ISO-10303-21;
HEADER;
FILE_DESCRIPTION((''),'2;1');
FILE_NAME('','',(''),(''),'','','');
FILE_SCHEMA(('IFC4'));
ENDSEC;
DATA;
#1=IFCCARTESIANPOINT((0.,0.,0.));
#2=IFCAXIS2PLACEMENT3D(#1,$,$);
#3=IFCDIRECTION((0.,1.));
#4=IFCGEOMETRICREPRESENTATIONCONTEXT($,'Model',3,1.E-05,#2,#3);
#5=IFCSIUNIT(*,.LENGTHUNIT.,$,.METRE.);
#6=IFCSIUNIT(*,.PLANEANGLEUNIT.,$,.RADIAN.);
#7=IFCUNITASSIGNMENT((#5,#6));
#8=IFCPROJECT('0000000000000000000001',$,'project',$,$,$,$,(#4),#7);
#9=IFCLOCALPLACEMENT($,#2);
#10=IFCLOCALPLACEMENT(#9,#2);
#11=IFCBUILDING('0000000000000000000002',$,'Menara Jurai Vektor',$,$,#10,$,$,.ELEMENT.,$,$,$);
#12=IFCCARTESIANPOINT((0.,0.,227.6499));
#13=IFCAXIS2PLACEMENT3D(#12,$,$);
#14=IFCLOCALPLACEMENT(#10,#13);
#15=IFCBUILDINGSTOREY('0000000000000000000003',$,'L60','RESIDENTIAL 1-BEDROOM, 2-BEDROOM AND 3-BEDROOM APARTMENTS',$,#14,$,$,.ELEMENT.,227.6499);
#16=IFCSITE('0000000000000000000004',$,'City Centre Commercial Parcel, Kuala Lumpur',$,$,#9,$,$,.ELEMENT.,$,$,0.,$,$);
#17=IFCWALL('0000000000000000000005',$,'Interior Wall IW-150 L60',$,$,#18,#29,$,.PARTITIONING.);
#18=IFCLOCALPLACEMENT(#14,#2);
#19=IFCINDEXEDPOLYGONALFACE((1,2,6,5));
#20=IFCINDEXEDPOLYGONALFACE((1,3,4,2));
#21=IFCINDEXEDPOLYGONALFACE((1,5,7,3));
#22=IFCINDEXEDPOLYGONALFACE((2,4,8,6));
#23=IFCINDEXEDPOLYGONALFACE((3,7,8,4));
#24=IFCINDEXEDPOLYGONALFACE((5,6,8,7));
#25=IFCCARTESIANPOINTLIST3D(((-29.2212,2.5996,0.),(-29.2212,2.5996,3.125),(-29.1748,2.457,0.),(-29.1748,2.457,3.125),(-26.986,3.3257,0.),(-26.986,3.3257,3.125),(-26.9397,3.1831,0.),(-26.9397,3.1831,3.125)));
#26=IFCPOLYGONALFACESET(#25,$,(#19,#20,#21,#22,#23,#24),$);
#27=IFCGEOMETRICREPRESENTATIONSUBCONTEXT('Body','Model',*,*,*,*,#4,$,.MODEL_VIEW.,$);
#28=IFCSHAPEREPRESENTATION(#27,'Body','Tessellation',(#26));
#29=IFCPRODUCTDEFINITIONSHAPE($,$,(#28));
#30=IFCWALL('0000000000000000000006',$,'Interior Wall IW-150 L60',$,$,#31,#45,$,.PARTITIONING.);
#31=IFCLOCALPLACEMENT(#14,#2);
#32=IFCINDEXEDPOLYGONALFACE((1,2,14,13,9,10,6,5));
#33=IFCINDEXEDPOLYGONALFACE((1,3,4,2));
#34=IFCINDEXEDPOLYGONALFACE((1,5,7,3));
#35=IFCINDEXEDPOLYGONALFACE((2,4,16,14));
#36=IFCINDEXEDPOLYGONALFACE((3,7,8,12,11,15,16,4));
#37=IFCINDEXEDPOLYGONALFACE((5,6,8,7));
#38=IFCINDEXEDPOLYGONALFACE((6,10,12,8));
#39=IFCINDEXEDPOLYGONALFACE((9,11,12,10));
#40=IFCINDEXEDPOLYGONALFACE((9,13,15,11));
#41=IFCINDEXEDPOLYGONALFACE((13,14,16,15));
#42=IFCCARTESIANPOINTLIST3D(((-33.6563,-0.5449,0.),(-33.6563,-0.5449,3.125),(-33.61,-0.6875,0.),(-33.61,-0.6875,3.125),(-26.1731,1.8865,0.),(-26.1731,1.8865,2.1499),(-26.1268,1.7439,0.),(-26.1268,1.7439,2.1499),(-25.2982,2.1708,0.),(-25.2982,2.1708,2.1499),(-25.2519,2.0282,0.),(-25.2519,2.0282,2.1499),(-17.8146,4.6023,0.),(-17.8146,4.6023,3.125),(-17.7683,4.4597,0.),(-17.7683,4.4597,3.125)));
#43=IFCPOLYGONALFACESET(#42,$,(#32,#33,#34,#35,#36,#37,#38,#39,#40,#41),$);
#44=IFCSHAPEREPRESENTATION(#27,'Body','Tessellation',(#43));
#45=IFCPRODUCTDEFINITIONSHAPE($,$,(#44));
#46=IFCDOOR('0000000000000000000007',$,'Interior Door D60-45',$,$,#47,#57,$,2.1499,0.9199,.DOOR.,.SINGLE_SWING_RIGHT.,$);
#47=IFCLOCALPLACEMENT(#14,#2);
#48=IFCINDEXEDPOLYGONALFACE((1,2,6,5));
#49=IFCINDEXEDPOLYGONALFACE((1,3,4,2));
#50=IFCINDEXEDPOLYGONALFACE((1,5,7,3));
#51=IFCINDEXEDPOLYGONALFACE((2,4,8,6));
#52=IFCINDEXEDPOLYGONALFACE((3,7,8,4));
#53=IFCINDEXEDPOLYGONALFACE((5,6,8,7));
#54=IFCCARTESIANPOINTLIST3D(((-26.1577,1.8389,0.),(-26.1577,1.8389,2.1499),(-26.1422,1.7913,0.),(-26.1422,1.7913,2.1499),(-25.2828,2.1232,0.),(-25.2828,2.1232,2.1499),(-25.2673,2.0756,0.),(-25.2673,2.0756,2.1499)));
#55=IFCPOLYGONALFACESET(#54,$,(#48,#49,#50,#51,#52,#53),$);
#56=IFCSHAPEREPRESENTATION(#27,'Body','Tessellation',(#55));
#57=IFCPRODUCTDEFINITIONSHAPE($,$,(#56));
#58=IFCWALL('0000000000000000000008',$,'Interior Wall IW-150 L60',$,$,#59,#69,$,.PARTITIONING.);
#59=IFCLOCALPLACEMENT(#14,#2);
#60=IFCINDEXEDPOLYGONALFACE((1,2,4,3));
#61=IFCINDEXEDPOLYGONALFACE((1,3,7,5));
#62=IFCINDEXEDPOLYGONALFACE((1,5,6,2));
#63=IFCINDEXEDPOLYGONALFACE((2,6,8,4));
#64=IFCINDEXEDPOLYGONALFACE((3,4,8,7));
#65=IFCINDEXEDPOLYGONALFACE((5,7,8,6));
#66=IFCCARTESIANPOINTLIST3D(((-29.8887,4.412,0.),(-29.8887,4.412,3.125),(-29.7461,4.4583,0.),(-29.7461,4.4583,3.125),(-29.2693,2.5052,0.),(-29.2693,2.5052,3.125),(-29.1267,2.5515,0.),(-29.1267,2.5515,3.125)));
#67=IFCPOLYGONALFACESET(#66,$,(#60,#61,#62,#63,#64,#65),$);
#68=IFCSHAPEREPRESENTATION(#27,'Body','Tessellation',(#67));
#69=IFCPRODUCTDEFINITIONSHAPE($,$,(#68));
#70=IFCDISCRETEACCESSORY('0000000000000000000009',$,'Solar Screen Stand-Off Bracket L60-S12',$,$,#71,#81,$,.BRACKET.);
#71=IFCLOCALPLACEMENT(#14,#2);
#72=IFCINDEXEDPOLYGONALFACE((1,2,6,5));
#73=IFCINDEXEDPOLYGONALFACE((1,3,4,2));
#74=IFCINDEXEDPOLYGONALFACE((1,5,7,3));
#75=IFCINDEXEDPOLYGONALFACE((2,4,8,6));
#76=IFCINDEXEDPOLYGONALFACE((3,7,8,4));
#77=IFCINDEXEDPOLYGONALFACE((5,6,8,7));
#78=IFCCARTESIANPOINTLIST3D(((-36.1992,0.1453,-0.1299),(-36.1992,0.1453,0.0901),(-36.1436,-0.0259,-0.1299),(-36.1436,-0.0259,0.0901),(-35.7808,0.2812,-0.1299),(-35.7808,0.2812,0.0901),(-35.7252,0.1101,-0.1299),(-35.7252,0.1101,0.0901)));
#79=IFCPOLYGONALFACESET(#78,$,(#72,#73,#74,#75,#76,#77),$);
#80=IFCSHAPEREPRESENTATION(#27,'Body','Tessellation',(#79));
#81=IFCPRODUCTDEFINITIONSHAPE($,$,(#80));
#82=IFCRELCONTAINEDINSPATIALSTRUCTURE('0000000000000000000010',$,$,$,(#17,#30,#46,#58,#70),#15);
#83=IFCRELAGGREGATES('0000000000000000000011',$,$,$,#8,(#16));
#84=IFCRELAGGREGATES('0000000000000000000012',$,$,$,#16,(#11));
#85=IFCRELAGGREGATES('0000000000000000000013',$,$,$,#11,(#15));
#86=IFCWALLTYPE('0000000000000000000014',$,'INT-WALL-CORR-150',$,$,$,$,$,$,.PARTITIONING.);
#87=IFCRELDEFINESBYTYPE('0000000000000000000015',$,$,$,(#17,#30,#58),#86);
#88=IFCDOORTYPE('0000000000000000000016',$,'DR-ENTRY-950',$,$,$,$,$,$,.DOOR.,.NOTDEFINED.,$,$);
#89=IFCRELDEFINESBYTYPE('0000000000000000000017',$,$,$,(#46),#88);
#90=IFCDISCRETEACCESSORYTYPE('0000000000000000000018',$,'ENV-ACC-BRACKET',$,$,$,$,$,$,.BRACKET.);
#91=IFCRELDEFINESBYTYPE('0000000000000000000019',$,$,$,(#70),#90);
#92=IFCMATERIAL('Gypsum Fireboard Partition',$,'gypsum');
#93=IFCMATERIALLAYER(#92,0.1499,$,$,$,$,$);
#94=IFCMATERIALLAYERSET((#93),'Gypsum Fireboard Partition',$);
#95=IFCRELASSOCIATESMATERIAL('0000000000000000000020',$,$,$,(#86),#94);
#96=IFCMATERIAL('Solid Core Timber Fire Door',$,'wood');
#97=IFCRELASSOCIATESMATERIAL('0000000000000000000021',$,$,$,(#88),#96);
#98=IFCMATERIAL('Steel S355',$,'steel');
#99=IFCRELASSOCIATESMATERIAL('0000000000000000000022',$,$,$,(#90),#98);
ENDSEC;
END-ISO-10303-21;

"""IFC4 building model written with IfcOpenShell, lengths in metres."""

from ifc_helpers import new_model, si_unit, direction, frame, frame_2d, origin, origin_2d, place, context, subcontext, project, spatial, rectangle, extrude, material, layer, layer_set, type_object, element, fill, save


model = new_model("IFC4")

# Units and contexts
model_context = context("Model", 3, precision=1e-05, world=origin(), true_north=direction((0.0, 1.0)))
body_context = subcontext(model_context, "Body", "Model", "MODEL_VIEW")
ifc_project = project(units=[si_unit("LENGTHUNIT", "METRE"), si_unit("PLANEANGLEUNIT", "RADIAN")], contexts=[model_context])

# Site, building, storey
site_placement = place(None, origin())
site = spatial("IfcSite", under=ifc_project, at=site_placement, Name="City Centre Commercial Parcel, Kuala Lumpur", CompositionType="ELEMENT", RefElevation=0.0)
building_placement = place(site_placement, origin())
building = spatial("IfcBuilding", under=site, at=building_placement, Name="Menara Jurai Vektor", CompositionType="ELEMENT")
storey_placement = place(building_placement, frame((0.0, 0.0, 227.6499)))
storey = spatial("IfcBuildingStorey", under=building, at=storey_placement, Name="L60", Description="RESIDENTIAL 1-BEDROOM, 2-BEDROOM AND 3-BEDROOM APARTMENTS", CompositionType="ELEMENT", Elevation=227.6499)

# Shared definitions
ifc_material_1 = material(Name="Steel S355", Category="steel")

# Wall
ifc_material_2 = material(Name="Gypsum Fireboard Partition", Category="gypsum")
ifc_layer_1 = layer(ifc_material_2, 0.1499)
ifc_layer_set_1 = layer_set([ifc_layer_1], Name="Gypsum Fireboard Partition")
wall_type = type_object("IfcWallType", Name="INT-WALL-CORR-150", PredefinedType="PARTITIONING", material=ifc_layer_set_1)
wall_1_placement = place(storey_placement, frame((-29.198, 2.5283, 0.0), z_axis=(0.0, 0.0, 1.0), x_axis=(0.951076, 0.308957, 0.0)))
element("IfcWall", 1, at=wall_1_placement, inside=storey, type_object=wall_type, Name="Interior Wall IW-150 L60", PredefinedType="PARTITIONING", context=body_context, shape_type="SweptSolid", body=[
    extrude(rectangle(XDim=2.3501, YDim=0.1499, at=frame_2d((1.175, 0.0))), origin(), (0.0, 0.0, 1.0), 3.125),
])

# Wall, opening, door
wall_2_placement = place(storey_placement, frame((-33.6333, -0.6162, 0.0), z_axis=(0.0, 0.0, 1.0), x_axis=(0.951058, 0.309012, 0.0)))
wall_2 = element("IfcWall", 2, at=wall_2_placement, inside=storey, type_object=wall_type, Name="Interior Wall IW-150 L60", PredefinedType="PARTITIONING", context=body_context, shape_type="SweptSolid", body=[
    extrude(rectangle(XDim=16.657, YDim=0.1499, at=frame_2d((8.3286, 0.0))), origin(), (0.0, 0.0, 1.0), 3.125),
])
opening_1_placement = place(wall_2_placement, frame((7.8684, 0.0, 0.0)))
opening_1 = element("IfcOpeningElement", 3, at=opening_1_placement, cuts=wall_2, PredefinedType="OPENING", context=body_context, shape_type="SweptSolid", body=[
    extrude(rectangle(XDim=0.9199, YDim=2.1499, at=frame_2d((0.46, 1.075))), frame((0.0, 0.085, 0.0), z_axis=(0.0, -1.0, 0.0), x_axis=(1.0, 0.0, 0.0)), (0.0, 0.0, 1.0), 0.1699),
])
ifc_material_3 = material(Name="Solid Core Timber Fire Door", Category="wood")
door_type_1 = type_object("IfcDoorType", Name="DR-ENTRY-950", OperationType="NOTDEFINED", PredefinedType="DOOR", material=ifc_material_3)
door_1_placement = place(opening_1_placement, origin())
door_1 = element("IfcDoor", 4, at=door_1_placement, inside=storey, type_object=door_type_1, Name="Interior Door D60-45", OperationType="SINGLE_SWING_RIGHT", OverallHeight=2.1499, OverallWidth=0.9199, PredefinedType="DOOR", context=body_context, shape_type="SweptSolid", body=[
    extrude(rectangle(XDim=0.9199, YDim=2.1499, at=frame_2d((0.46, 1.075))), frame((0.0, 0.0249, 0.0), z_axis=(0.0, -1.0, 0.0), x_axis=(1.0, 0.0, 0.0)), (0.0, 0.0, 1.0), 0.05),
])
fill(opening_1, door_1)

# Wall
wall_3_placement = place(storey_placement, frame((-29.198, 2.5283, 0.0), z_axis=(0.0, 0.0, 1.0), x_axis=(-0.308948, 0.951079, 0.0)))
element("IfcWall", 5, at=wall_3_placement, inside=storey, type_object=wall_type, Name="Interior Wall IW-150 L60", PredefinedType="PARTITIONING", context=body_context, shape_type="SweptSolid", body=[
    extrude(rectangle(XDim=2.0049, YDim=0.1499, at=frame_2d((1.0024, 0.0))), origin(), (0.0, 0.0, 1.0), 3.125),
])

# Discrete accessory
discrete_accessory_type = type_object("IfcDiscreteAccessoryType", Name="ENV-ACC-BRACKET", PredefinedType="BRACKET", material=ifc_material_1)
discrete_accessory_placement = place(storey_placement, frame((-35.9622, 0.1277, -0.1299), z_axis=(0.0, 0.0, 1.0), x_axis=(0.309017, -0.951057, 0.0)))
element("IfcDiscreteAccessory", 6, at=discrete_accessory_placement, inside=storey, type_object=discrete_accessory_type, Name="Solar Screen Stand-Off Bracket L60-S12", PredefinedType="BRACKET", context=body_context, shape_type="SweptSolid", body=[
    extrude(rectangle(XDim=0.1799, YDim=0.4399, at=origin_2d()), origin(), (0.0, 0.0, 1.0), 0.22),
])

save(model, "model.ifc")
